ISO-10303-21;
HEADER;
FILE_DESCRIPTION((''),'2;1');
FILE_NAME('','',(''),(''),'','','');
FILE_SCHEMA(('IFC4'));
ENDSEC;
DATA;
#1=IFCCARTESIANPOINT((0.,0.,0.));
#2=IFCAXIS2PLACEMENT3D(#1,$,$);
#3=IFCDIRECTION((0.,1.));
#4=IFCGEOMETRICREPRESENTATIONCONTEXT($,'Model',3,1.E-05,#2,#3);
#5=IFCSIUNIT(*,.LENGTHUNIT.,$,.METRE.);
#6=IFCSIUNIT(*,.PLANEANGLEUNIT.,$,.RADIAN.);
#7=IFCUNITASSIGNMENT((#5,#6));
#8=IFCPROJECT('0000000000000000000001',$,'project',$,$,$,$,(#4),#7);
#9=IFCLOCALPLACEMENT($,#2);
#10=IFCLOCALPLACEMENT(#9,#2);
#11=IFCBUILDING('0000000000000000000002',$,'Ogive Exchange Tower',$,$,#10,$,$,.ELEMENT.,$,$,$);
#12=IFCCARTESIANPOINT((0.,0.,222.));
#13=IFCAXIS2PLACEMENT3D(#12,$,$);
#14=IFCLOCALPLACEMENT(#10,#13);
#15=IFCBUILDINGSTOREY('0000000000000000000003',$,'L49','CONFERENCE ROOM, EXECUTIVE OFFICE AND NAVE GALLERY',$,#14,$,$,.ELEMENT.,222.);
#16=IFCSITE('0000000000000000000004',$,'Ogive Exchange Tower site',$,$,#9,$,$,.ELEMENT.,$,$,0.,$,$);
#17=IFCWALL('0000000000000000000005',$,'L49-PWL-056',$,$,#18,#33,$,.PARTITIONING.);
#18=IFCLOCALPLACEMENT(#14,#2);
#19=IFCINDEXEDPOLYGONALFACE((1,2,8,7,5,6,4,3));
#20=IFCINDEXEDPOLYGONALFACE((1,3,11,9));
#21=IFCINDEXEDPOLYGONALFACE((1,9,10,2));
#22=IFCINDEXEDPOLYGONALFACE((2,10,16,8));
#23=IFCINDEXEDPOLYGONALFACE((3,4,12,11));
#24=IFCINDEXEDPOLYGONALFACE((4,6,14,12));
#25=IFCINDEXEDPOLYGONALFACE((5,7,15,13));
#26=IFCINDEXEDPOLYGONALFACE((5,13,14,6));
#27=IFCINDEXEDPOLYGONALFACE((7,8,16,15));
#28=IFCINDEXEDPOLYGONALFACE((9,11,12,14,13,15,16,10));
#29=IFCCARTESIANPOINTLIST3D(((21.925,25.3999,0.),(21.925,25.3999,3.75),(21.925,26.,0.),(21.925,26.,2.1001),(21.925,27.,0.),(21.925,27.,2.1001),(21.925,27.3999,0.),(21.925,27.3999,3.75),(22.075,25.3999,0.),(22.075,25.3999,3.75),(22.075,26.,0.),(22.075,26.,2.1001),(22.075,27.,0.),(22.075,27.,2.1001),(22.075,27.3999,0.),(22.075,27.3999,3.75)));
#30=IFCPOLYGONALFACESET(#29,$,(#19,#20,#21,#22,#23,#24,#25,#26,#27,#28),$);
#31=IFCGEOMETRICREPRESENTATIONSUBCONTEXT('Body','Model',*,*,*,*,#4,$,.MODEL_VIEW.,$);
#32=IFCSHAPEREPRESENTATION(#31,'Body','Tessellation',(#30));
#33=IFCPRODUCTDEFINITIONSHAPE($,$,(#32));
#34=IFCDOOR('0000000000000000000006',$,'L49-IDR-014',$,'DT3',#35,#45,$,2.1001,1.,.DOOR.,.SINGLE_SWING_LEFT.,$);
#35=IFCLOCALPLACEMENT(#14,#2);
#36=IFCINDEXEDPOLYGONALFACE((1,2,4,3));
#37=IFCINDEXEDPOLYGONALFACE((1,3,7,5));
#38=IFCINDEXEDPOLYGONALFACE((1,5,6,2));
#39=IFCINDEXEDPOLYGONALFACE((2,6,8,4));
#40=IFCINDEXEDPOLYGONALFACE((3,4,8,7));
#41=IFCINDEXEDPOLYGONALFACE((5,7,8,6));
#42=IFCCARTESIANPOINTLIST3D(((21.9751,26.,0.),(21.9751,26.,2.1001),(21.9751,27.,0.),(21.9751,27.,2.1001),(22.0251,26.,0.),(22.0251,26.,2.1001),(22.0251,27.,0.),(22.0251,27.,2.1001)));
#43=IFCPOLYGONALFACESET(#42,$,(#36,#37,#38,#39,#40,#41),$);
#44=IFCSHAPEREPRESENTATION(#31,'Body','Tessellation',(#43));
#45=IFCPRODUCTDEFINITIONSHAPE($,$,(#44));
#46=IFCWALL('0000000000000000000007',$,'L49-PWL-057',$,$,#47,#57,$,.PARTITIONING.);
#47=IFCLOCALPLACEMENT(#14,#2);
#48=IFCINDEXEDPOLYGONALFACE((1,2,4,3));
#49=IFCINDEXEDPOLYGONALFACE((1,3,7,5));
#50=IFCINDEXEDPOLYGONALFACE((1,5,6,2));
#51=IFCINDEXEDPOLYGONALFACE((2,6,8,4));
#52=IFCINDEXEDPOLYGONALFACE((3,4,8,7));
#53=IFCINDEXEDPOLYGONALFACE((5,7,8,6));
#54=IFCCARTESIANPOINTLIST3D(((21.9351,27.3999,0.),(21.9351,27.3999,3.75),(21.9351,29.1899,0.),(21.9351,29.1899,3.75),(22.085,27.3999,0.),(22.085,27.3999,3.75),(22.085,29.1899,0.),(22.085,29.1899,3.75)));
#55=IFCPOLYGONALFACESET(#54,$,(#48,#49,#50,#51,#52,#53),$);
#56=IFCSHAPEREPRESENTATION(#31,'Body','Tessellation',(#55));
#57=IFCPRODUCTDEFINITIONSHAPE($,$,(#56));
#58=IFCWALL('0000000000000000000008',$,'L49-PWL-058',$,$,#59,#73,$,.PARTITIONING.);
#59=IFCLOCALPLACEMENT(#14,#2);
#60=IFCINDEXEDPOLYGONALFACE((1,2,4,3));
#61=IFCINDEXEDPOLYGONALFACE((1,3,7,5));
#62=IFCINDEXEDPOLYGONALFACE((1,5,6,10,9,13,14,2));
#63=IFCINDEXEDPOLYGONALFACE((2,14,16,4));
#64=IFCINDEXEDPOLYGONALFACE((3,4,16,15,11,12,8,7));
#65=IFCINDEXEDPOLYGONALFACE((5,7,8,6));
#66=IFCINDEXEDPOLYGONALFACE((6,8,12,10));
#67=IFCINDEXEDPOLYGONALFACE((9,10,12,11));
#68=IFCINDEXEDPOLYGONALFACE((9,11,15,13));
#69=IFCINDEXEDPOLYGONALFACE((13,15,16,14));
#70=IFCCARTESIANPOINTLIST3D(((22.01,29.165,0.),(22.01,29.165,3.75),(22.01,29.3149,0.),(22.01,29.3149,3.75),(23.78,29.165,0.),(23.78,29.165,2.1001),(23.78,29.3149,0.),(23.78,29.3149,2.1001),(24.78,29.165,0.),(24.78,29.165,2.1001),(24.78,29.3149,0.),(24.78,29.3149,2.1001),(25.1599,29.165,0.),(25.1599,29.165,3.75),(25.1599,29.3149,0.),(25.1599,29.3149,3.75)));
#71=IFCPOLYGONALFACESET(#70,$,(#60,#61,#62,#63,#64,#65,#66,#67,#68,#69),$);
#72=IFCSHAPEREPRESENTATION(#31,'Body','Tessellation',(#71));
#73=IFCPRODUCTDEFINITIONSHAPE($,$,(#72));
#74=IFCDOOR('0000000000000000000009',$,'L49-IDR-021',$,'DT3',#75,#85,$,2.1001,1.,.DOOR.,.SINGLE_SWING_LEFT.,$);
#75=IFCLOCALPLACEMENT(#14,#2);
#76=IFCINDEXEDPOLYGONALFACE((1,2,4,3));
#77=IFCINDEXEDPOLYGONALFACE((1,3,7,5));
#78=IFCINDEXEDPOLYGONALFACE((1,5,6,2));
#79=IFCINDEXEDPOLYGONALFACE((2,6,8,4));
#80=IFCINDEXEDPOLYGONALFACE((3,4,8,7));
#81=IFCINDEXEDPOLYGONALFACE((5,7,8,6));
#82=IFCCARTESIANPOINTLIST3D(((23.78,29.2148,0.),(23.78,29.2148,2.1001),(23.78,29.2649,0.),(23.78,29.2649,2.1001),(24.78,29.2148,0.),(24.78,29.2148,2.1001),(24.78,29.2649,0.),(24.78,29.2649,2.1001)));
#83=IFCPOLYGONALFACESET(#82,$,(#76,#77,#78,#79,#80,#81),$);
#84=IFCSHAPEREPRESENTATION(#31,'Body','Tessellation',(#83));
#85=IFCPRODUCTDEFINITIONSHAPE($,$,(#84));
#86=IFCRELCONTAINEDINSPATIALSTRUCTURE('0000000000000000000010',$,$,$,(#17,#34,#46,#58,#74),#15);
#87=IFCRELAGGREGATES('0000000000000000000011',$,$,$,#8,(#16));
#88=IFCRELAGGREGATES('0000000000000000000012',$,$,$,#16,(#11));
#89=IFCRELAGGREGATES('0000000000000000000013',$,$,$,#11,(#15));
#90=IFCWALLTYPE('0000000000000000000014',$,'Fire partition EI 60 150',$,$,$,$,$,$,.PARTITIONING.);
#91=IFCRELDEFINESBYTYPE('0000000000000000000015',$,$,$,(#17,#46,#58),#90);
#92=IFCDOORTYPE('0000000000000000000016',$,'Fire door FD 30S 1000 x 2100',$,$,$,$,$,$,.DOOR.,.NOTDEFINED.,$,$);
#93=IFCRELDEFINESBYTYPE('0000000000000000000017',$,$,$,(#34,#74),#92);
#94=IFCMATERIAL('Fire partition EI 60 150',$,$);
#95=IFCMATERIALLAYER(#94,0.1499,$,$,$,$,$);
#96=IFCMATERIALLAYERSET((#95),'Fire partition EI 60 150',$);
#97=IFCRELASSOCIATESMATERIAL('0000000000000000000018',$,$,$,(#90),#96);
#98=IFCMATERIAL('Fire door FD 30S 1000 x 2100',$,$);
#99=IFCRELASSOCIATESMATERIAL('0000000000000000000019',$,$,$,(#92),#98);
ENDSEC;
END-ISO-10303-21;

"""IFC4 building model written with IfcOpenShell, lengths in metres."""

from ifc_helpers import new_model, si_unit, direction, frame, frame_2d, origin, place, context, subcontext, project, spatial, rectangle, extrude, material, layer, layer_set, type_object, element, fill, save


model = new_model("IFC4")

# Units and contexts
model_context = context("Model", 3, precision=1e-05, world=origin(), true_north=direction((0.0, 1.0)))
body_context = subcontext(model_context, "Body", "Model", "MODEL_VIEW")
ifc_project = project(units=[si_unit("LENGTHUNIT", "METRE"), si_unit("PLANEANGLEUNIT", "RADIAN")], contexts=[model_context])

# Site, building, storey
site_placement = place(None, origin())
site = spatial("IfcSite", under=ifc_project, at=site_placement, Name="Ogive Exchange Tower site", CompositionType="ELEMENT", RefElevation=0.0)
building_placement = place(site_placement, origin())
building = spatial("IfcBuilding", under=site, at=building_placement, Name="Ogive Exchange Tower", CompositionType="ELEMENT")
storey_placement = place(building_placement, frame((0.0, 0.0, 222.0)))
storey = spatial("IfcBuildingStorey", under=building, at=storey_placement, Name="L49", Description="CONFERENCE ROOM, EXECUTIVE OFFICE AND NAVE GALLERY", CompositionType="ELEMENT", Elevation=222.0)

# Wall, opening, door
ifc_material_1 = material(Name="Fire partition EI 60 150")
ifc_layer_1 = layer(ifc_material_1, 0.1499)
ifc_layer_set_1 = layer_set([ifc_layer_1], Name="Fire partition EI 60 150")
wall_type_1 = type_object("IfcWallType", Name="Fire partition EI 60 150", PredefinedType="PARTITIONING", material=ifc_layer_set_1)
wall_1_placement = place(storey_placement, frame((22.0, 25.3999, 0.0), z_axis=(0.0, 0.0, 1.0), x_axis=(0.0, 1.0, 0.0)))
wall_1 = element("IfcWall", 1, at=wall_1_placement, inside=storey, type_object=wall_type_1, Name="L49-PWL-056", PredefinedType="PARTITIONING", context=body_context, shape_type="SweptSolid", body=[
    extrude(rectangle(XDim=2.0, YDim=0.1499, at=frame_2d((1.0, 0.0))), origin(), (0.0, 0.0, 1.0), 3.75),
])
opening_1_placement = place(wall_1_placement, frame((0.6001, 0.0, 0.0)))
opening_1 = element("IfcOpeningElement", 2, at=opening_1_placement, cuts=wall_1, PredefinedType="OPENING", context=body_context, shape_type="SweptSolid", body=[
    extrude(rectangle(XDim=1.0, YDim=2.1001, at=frame_2d((0.5, 1.05))), frame((0.0, 0.085, 0.0), z_axis=(0.0, -1.0, 0.0), x_axis=(1.0, 0.0, 0.0)), (0.0, 0.0, 1.0), 0.1699),
])
ifc_material_2 = material(Name="Fire door FD 30S 1000 x 2100")
door_type_1 = type_object("IfcDoorType", Name="Fire door FD 30S 1000 x 2100", OperationType="NOTDEFINED", PredefinedType="DOOR", material=ifc_material_2)
door_1_placement = place(opening_1_placement, origin())
door_1 = element("IfcDoor", 3, at=door_1_placement, inside=storey, type_object=door_type_1, Name="L49-IDR-014", ObjectType="DT3", OperationType="SINGLE_SWING_LEFT", OverallHeight=2.1001, OverallWidth=1.0, PredefinedType="DOOR", context=body_context, shape_type="SweptSolid", body=[
    extrude(rectangle(XDim=1.0, YDim=2.1001, at=frame_2d((0.5, 1.05))), frame((0.0, 0.0249, 0.0), z_axis=(0.0, -1.0, 0.0), x_axis=(1.0, 0.0, 0.0)), (0.0, 0.0, 1.0), 0.05),
])
fill(opening_1, door_1)

# Wall
wall_2_placement = place(storey_placement, frame((22.01, 27.3999, 0.0), z_axis=(0.0, 0.0, 1.0), x_axis=(0.0, 1.0, 0.0)))
element("IfcWall", 4, at=wall_2_placement, inside=storey, type_object=wall_type_1, Name="L49-PWL-057", PredefinedType="PARTITIONING", context=body_context, shape_type="SweptSolid", body=[
    extrude(rectangle(XDim=1.79, YDim=0.1499, at=frame_2d((0.895, 0.0))), origin(), (0.0, 0.0, 1.0), 3.75),
])

# Wall, opening, door
wall_3_placement = place(storey_placement, frame((22.01, 29.24, 0.0), z_axis=(0.0, 0.0, 1.0), x_axis=(1.0, 0.0, 0.0)))
wall_3 = element("IfcWall", 5, at=wall_3_placement, inside=storey, type_object=wall_type_1, Name="L49-PWL-058", PredefinedType="PARTITIONING", context=body_context, shape_type="SweptSolid", body=[
    extrude(rectangle(XDim=3.1499, YDim=0.1499, at=frame_2d((1.575, 0.0))), origin(), (0.0, 0.0, 1.0), 3.75),
])
opening_2_placement = place(wall_3_placement, frame((1.77, 0.0, 0.0)))
opening_2 = element("IfcOpeningElement", 6, at=opening_2_placement, cuts=wall_3, PredefinedType="OPENING", context=body_context, shape_type="SweptSolid", body=[
    extrude(rectangle(XDim=1.0, YDim=2.1001, at=frame_2d((0.5, 1.05))), frame((0.0, 0.085, 0.0), z_axis=(0.0, -1.0, 0.0), x_axis=(1.0, 0.0, 0.0)), (0.0, 0.0, 1.0), 0.1699),
])
door_2_placement = place(opening_2_placement, origin())
door_2 = element("IfcDoor", 7, at=door_2_placement, inside=storey, type_object=door_type_1, Name="L49-IDR-021", ObjectType="DT3", OperationType="SINGLE_SWING_LEFT", OverallHeight=2.1001, OverallWidth=1.0, PredefinedType="DOOR", context=body_context, shape_type="SweptSolid", body=[
    extrude(rectangle(XDim=1.0, YDim=2.1001, at=frame_2d((0.5, 1.05))), frame((0.0, 0.0249, 0.0), z_axis=(0.0, -1.0, 0.0), x_axis=(1.0, 0.0, 0.0)), (0.0, 0.0, 1.0), 0.05),
])
fill(opening_2, door_2)

save(model, "model.ifc")
